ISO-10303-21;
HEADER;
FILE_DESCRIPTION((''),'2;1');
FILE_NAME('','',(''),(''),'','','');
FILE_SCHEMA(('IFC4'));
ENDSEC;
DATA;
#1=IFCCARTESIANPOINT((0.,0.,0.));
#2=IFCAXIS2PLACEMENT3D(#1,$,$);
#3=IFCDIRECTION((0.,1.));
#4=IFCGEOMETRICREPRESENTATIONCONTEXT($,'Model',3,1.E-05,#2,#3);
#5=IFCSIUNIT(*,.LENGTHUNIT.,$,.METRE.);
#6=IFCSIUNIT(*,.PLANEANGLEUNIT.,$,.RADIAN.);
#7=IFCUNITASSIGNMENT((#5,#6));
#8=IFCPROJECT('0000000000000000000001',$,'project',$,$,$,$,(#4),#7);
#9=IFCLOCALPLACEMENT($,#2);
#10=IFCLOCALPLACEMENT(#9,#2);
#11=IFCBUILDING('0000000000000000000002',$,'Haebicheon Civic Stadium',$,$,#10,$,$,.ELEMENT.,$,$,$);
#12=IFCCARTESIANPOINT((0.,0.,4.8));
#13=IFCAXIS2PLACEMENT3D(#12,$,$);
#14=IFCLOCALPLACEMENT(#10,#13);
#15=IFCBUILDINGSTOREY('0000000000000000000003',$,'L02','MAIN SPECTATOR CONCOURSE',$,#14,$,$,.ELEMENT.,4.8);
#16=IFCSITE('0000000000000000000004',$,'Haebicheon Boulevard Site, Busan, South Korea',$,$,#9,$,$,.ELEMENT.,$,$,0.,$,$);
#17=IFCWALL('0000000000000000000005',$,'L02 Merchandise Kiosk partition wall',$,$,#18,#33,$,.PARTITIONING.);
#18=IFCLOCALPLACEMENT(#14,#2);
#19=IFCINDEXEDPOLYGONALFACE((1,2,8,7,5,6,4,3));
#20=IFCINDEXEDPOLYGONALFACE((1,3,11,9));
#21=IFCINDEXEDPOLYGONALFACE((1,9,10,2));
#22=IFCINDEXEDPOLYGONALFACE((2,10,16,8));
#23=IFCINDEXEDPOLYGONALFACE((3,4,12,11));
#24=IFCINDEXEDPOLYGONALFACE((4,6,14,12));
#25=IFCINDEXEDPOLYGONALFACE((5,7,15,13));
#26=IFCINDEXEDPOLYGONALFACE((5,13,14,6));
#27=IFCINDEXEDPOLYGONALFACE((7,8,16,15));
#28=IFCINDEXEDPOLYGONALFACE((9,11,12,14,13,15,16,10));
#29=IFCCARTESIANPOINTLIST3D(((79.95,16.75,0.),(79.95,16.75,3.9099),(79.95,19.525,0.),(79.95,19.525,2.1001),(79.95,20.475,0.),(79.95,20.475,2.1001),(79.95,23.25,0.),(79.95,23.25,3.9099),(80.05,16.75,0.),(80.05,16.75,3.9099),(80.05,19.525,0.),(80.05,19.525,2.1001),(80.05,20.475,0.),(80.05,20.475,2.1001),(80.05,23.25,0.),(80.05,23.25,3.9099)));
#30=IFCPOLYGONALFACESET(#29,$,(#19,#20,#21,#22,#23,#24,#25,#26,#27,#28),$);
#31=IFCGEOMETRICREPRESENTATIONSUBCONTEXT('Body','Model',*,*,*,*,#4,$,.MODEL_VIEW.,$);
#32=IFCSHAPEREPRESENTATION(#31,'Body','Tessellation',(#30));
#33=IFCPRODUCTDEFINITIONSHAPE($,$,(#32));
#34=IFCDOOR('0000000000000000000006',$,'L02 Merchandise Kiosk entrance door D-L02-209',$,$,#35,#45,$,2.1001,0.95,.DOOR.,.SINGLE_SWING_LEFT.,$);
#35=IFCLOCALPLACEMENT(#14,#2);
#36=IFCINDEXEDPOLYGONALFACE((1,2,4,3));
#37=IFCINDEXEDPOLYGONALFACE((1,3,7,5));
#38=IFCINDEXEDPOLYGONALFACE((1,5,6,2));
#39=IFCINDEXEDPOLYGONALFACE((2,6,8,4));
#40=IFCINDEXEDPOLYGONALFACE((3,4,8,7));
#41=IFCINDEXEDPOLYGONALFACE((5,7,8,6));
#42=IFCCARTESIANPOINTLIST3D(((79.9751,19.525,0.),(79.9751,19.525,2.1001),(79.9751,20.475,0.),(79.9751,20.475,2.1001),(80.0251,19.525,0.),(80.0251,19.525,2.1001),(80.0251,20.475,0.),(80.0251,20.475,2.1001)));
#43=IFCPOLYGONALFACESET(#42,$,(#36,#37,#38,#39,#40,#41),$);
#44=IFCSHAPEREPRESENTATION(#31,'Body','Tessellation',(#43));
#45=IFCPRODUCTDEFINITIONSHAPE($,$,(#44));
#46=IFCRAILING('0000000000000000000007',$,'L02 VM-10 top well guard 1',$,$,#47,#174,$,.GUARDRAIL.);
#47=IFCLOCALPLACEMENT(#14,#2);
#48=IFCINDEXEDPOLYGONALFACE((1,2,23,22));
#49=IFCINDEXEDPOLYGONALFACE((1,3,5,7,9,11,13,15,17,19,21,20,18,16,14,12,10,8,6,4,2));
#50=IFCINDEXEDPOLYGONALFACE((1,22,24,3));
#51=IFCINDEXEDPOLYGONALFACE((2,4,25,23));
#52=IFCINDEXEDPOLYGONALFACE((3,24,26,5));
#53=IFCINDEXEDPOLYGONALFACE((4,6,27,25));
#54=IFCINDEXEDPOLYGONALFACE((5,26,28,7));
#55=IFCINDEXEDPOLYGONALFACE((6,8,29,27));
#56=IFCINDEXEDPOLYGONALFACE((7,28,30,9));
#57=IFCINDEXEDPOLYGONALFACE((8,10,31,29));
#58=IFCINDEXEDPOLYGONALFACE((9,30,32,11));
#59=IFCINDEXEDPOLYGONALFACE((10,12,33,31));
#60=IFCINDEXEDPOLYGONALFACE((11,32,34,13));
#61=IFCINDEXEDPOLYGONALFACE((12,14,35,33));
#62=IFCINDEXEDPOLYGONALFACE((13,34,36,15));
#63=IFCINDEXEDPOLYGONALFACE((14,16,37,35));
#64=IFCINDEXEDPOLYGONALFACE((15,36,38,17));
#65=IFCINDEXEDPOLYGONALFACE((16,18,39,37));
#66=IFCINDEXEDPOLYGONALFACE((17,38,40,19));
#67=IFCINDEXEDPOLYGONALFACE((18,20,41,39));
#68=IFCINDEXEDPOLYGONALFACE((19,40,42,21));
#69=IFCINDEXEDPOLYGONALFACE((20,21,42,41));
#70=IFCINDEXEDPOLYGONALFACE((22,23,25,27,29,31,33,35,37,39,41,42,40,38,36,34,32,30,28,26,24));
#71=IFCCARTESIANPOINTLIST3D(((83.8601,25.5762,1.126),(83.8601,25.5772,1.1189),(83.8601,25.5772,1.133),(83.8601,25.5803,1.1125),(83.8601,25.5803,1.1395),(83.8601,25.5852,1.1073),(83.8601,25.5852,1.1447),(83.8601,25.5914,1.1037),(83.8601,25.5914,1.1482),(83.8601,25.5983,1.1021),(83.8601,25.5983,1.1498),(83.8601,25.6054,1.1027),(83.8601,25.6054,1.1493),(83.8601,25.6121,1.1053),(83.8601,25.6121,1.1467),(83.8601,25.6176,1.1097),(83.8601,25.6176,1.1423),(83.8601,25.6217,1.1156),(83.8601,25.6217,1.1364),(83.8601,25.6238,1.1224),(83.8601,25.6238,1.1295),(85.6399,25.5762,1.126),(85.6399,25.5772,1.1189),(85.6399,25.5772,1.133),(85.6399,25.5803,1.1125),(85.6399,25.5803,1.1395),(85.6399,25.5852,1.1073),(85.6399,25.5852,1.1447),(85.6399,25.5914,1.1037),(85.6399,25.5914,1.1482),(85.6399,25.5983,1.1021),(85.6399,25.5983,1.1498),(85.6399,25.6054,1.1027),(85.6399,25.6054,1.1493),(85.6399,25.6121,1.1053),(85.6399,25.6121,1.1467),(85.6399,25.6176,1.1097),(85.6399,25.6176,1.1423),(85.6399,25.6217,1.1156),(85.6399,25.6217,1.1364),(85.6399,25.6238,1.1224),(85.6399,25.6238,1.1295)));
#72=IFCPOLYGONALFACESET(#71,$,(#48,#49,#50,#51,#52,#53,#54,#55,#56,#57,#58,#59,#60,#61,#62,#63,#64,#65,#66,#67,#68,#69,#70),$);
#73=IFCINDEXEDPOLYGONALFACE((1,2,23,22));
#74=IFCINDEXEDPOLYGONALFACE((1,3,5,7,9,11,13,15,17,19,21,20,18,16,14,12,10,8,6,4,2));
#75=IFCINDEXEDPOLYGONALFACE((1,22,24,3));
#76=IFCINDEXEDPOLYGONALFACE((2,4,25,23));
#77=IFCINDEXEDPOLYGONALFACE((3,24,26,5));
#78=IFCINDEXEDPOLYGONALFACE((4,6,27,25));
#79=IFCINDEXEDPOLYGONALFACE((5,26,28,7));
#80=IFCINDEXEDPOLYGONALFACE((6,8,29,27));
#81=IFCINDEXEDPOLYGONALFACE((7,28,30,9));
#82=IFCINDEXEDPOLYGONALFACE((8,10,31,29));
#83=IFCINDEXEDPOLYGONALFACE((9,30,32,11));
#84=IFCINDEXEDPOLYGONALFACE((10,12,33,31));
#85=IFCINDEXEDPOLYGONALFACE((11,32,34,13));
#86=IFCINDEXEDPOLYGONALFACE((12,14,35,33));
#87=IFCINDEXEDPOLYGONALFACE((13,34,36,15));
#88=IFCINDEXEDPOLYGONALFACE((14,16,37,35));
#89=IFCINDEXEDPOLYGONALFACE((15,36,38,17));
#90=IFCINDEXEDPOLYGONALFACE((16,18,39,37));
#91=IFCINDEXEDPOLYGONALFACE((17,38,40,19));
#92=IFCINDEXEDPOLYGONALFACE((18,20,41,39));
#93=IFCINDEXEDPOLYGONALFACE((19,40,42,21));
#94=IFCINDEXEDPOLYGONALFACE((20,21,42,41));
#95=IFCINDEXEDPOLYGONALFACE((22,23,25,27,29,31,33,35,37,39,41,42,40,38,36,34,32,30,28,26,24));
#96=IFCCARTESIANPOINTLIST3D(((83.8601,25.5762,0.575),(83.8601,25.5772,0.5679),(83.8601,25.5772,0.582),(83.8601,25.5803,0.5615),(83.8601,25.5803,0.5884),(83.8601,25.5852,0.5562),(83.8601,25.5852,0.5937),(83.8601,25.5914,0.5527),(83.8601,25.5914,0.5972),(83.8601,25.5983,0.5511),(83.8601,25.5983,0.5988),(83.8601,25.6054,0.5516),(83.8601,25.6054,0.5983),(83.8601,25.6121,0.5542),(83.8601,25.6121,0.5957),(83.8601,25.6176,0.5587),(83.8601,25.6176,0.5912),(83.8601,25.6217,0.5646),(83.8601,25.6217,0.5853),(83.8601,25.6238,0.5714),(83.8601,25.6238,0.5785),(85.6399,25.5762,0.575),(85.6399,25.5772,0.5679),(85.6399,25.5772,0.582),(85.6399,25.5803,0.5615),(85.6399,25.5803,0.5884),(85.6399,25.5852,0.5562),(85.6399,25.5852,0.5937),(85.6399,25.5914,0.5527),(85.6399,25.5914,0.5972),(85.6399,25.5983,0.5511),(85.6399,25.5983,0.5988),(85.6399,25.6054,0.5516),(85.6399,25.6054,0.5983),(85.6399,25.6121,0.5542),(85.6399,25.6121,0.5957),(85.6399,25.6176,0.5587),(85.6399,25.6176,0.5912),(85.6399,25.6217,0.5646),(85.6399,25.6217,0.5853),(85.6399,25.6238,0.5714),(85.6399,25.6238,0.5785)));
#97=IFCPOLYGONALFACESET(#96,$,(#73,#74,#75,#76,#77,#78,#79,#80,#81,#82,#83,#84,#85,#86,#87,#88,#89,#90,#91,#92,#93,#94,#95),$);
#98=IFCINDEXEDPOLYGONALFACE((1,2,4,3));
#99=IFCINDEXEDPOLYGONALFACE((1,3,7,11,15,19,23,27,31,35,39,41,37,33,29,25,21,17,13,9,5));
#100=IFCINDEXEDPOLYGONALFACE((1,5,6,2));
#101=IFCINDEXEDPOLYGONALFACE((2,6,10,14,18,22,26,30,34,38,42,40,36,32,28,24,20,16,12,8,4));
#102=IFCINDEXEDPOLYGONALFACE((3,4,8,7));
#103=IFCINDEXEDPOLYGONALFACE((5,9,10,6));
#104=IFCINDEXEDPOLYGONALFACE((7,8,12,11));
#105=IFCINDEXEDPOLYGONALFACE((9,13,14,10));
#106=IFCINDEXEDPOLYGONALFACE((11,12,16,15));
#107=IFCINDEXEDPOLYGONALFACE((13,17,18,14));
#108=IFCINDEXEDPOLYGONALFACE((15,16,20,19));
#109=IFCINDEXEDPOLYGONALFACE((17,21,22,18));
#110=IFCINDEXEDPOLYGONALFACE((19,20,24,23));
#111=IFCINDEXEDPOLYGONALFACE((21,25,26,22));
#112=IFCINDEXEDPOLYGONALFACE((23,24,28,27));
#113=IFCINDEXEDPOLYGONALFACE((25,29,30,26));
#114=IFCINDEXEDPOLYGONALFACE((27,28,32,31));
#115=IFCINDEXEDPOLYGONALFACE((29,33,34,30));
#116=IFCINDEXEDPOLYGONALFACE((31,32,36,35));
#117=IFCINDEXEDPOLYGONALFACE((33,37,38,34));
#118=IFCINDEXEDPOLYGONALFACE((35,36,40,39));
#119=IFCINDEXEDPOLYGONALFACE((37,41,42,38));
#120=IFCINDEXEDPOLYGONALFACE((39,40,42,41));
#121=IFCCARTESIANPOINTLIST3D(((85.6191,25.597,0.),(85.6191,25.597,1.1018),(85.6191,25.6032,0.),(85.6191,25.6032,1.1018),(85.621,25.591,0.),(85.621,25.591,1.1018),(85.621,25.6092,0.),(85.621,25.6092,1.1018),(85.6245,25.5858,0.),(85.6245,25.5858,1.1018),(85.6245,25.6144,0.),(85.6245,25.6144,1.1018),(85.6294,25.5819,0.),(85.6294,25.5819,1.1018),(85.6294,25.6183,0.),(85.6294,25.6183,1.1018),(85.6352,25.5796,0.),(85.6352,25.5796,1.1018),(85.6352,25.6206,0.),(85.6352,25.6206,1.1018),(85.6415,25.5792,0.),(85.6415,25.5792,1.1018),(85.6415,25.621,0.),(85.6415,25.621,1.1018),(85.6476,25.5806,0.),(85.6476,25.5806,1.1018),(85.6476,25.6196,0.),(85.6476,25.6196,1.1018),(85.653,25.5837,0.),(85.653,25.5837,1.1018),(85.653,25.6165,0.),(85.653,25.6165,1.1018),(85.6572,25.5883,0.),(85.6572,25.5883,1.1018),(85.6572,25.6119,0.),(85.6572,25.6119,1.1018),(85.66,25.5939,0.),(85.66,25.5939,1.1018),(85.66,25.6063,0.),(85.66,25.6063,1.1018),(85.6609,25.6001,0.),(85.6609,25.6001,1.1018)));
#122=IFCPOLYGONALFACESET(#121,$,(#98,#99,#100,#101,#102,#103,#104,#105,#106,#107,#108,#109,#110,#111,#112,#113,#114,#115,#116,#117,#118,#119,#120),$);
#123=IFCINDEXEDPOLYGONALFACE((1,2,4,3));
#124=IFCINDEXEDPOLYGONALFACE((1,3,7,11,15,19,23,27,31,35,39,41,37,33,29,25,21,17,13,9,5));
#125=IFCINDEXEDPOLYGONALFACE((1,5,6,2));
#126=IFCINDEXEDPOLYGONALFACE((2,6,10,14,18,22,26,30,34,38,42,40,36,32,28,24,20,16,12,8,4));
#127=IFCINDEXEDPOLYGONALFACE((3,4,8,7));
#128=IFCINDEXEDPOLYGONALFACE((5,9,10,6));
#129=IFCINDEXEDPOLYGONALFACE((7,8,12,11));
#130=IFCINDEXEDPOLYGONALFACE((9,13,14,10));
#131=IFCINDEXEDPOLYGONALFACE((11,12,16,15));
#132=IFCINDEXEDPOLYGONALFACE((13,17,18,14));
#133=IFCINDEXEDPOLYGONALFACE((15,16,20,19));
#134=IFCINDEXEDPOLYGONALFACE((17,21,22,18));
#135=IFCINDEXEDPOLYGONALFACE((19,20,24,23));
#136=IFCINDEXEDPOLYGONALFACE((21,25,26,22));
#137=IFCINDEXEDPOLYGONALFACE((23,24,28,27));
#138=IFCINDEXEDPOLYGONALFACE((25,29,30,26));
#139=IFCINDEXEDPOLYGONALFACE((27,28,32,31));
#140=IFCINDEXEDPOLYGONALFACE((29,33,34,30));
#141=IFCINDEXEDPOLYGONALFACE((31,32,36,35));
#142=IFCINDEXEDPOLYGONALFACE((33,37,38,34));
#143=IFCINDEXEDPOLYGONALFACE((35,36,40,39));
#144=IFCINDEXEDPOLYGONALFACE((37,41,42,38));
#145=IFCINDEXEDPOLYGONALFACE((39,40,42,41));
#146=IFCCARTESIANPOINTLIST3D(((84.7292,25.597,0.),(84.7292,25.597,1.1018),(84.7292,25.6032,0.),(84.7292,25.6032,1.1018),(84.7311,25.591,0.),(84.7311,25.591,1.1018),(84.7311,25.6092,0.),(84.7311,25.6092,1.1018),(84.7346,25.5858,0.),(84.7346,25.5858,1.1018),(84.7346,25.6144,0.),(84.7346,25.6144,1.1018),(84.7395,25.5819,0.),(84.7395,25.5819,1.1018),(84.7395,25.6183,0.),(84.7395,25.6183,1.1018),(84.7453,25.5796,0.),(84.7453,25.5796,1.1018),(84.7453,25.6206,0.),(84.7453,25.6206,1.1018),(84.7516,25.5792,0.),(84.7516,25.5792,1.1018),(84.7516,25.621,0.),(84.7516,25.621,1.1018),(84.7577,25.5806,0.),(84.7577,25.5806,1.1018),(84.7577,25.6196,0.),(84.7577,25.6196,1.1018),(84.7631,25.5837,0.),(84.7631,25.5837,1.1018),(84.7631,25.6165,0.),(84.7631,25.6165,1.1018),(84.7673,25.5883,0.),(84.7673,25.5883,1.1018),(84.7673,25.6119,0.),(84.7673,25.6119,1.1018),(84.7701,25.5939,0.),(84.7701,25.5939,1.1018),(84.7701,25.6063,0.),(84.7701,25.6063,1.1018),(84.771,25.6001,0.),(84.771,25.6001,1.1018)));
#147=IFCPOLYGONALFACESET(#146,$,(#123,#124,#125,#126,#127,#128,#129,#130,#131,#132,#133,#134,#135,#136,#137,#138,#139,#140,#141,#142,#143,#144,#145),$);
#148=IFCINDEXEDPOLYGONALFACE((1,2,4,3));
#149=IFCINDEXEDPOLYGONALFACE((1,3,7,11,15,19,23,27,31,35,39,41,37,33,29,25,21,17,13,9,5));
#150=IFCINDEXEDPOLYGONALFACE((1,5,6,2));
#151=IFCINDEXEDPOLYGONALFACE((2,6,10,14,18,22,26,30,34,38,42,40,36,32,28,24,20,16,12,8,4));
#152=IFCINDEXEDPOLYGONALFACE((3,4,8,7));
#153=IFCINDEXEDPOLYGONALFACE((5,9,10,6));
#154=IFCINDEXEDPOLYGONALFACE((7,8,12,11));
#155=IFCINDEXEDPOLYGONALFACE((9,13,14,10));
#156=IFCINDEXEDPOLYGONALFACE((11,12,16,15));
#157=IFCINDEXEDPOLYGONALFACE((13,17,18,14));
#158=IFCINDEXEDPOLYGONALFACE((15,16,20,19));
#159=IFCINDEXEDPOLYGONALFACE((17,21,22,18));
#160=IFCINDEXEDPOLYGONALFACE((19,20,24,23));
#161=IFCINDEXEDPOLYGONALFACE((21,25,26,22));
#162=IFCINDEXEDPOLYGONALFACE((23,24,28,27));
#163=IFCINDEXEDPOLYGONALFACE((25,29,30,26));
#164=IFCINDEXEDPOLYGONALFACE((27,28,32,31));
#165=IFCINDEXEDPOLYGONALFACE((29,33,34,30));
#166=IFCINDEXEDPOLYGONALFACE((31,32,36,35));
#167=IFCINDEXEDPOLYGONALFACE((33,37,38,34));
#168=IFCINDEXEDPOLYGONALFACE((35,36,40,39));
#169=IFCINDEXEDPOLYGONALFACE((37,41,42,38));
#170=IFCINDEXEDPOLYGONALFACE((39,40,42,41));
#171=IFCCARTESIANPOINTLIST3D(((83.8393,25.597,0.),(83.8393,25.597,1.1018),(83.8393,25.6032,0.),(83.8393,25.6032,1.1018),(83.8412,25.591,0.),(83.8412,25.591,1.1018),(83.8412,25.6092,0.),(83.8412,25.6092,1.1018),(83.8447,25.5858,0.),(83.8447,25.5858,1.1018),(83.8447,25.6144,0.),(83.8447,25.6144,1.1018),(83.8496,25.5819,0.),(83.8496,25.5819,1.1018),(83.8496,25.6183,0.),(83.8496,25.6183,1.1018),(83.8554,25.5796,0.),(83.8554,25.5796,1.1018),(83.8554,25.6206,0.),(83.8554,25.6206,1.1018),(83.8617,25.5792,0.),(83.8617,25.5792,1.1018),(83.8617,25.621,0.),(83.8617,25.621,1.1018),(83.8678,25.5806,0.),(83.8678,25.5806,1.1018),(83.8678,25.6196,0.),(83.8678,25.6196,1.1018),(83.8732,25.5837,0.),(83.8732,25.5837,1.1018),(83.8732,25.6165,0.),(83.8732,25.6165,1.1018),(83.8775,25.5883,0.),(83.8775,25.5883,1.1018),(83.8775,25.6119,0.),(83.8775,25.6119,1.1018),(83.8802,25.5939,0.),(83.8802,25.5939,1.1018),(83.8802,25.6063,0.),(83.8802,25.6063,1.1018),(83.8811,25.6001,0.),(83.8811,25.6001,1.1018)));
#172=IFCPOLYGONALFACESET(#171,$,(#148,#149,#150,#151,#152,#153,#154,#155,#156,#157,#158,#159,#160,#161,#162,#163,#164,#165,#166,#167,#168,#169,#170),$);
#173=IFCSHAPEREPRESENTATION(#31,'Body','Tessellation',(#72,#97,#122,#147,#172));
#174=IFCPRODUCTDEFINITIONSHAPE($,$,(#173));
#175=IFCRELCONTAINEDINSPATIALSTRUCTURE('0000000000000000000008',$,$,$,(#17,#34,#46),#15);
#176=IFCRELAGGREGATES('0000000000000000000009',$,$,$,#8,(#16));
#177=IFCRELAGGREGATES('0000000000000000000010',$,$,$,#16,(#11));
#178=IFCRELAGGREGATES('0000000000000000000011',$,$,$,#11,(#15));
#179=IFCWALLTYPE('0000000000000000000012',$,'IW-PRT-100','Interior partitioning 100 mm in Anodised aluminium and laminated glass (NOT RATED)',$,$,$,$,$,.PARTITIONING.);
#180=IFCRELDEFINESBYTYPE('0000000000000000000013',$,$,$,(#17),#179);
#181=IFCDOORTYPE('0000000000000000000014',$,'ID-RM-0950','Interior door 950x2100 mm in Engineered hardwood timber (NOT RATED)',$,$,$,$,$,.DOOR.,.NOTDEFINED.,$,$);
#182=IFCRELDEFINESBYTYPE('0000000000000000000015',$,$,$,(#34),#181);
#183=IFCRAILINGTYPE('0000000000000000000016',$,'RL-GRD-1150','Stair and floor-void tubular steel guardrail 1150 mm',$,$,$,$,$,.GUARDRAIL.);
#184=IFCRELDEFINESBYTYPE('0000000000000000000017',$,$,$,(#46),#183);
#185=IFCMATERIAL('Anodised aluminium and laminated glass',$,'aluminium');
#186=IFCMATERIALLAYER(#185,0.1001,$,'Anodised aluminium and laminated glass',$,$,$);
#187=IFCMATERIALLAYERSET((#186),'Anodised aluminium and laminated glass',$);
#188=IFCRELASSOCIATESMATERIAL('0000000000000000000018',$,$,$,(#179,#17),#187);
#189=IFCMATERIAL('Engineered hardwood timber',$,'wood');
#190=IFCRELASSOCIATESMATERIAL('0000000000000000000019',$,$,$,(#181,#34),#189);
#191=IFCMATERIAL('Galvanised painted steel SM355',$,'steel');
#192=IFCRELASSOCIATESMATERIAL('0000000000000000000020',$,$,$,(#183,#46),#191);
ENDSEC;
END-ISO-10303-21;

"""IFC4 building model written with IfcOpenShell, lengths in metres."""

from ifc_helpers import new_model, si_unit, direction, frame, frame_2d, origin, origin_2d, place, context, subcontext, project, spatial, rectangle, circle, extrude, material, layer, layer_set, type_object, element, fill, save


model = new_model("IFC4")

# Units and contexts
model_context = context("Model", 3, precision=1e-05, world=origin(), true_north=direction((0.0, 1.0)))
body_context = subcontext(model_context, "Body", "Model", "MODEL_VIEW")
ifc_project = project(units=[si_unit("LENGTHUNIT", "METRE"), si_unit("PLANEANGLEUNIT", "RADIAN")], contexts=[model_context])

# Site, building, storey
site_placement = place(None, origin())
site = spatial("IfcSite", under=ifc_project, at=site_placement, Name="Haebicheon Boulevard Site, Busan, South Korea", CompositionType="ELEMENT", RefElevation=0.0)
building_placement = place(site_placement, origin())
building = spatial("IfcBuilding", under=site, at=building_placement, Name="Haebicheon Civic Stadium", CompositionType="ELEMENT")
storey_placement = place(building_placement, frame((0.0, 0.0, 4.8)))
storey = spatial("IfcBuildingStorey", under=building, at=storey_placement, Name="L02", Description="MAIN SPECTATOR CONCOURSE", CompositionType="ELEMENT", Elevation=4.8)

# Wall, opening, door
ifc_material_1 = material(Name="Anodised aluminium and laminated glass", Category="aluminium")
ifc_layer_1 = layer(ifc_material_1, 0.1001, Name="Anodised aluminium and laminated glass")
ifc_layer_set_1 = layer_set([ifc_layer_1], Name="Anodised aluminium and laminated glass")
wall_type_1 = type_object("IfcWallType", Name="IW-PRT-100", Description="Interior partitioning 100 mm in Anodised aluminium and laminated glass (NOT RATED)", PredefinedType="PARTITIONING", material=ifc_layer_set_1)
wall_1_placement = place(storey_placement, frame((80.0, 16.75, 0.0), z_axis=(0.0, 0.0, 1.0), x_axis=(0.0, 1.0, 0.0)))
wall_1 = element("IfcWall", 1, at=wall_1_placement, inside=storey, type_object=wall_type_1, material=ifc_layer_set_1, Name="L02 Merchandise Kiosk partition wall", PredefinedType="PARTITIONING", context=body_context, shape_type="SweptSolid", body=[
    extrude(rectangle(XDim=6.5, YDim=0.1001, at=frame_2d((3.25, 0.0))), origin(), (0.0, 0.0, 1.0), 3.9099),
])
opening_placement = place(wall_1_placement, frame((2.7749, 0.0, 0.0)))
opening = element("IfcOpeningElement", 2, at=opening_placement, cuts=wall_1, PredefinedType="OPENING", context=body_context, shape_type="SweptSolid", body=[
    extrude(rectangle(XDim=0.95, YDim=2.1001, at=frame_2d((0.4751, 1.05))), frame((0.0, 0.0601, 0.0), z_axis=(0.0, -1.0, 0.0), x_axis=(1.0, 0.0, 0.0)), (0.0, 0.0, 1.0), 0.1201),
])
ifc_material_2 = material(Name="Engineered hardwood timber", Category="wood")
door_type = type_object("IfcDoorType", Name="ID-RM-0950", Description="Interior door 950x2100 mm in Engineered hardwood timber (NOT RATED)", OperationType="NOTDEFINED", PredefinedType="DOOR", material=ifc_material_2)
door_placement = place(opening_placement, origin())
door = element("IfcDoor", 3, at=door_placement, inside=storey, type_object=door_type, material=ifc_material_2, Name="L02 Merchandise Kiosk entrance door D-L02-209", OperationType="SINGLE_SWING_LEFT", OverallHeight=2.1001, OverallWidth=0.95, PredefinedType="DOOR", context=body_context, shape_type="SweptSolid", body=[
    extrude(rectangle(XDim=0.95, YDim=2.1001, at=frame_2d((0.4751, 1.05))), frame((0.0, 0.0249, 0.0), z_axis=(0.0, -1.0, 0.0), x_axis=(1.0, 0.0, 0.0)), (0.0, 0.0, 1.0), 0.05),
])
fill(opening, door)

# Railing
ifc_material_3 = material(Name="Galvanised painted steel SM355", Category="steel")
railing_type_1 = type_object("IfcRailingType", Name="RL-GRD-1150", Description="Stair and floor-void tubular steel guardrail 1150 mm", PredefinedType="GUARDRAIL", material=ifc_material_3)
railing_1_placement = place(storey_placement, frame((85.6399, 25.6001, 0.0)))
element("IfcRailing", 4, at=railing_1_placement, inside=storey, type_object=railing_type_1, material=ifc_material_3, Name="L02 VM-10 top well guard 1", PredefinedType="GUARDRAIL", context=body_context, shape_type="SweptSolid", body=[
    extrude(circle(Radius=0.0239, at=origin_2d()), frame((0.0, 0.0, 1.126), z_axis=(-1.0, 0.0, 0.0), x_axis=(0.0, -1.0, 0.0)), (0.0, 0.0, 1.0), 1.7798),
    extrude(circle(Radius=0.0239, at=origin_2d()), frame((0.0, 0.0, 0.575), z_axis=(-1.0, 0.0, 0.0), x_axis=(0.0, -1.0, 0.0)), (0.0, 0.0, 1.0), 1.7798),
    extrude(circle(Radius=0.021, at=origin_2d()), origin(), (0.0, 0.0, 1.0), 1.1018),
    extrude(circle(Radius=0.021, at=origin_2d()), frame((-0.8899, 0.0, 0.0)), (0.0, 0.0, 1.0), 1.1018),
    extrude(circle(Radius=0.021, at=origin_2d()), frame((-1.7798, 0.0, 0.0)), (0.0, 0.0, 1.0), 1.1018),
])

save(model, "model.ifc")
